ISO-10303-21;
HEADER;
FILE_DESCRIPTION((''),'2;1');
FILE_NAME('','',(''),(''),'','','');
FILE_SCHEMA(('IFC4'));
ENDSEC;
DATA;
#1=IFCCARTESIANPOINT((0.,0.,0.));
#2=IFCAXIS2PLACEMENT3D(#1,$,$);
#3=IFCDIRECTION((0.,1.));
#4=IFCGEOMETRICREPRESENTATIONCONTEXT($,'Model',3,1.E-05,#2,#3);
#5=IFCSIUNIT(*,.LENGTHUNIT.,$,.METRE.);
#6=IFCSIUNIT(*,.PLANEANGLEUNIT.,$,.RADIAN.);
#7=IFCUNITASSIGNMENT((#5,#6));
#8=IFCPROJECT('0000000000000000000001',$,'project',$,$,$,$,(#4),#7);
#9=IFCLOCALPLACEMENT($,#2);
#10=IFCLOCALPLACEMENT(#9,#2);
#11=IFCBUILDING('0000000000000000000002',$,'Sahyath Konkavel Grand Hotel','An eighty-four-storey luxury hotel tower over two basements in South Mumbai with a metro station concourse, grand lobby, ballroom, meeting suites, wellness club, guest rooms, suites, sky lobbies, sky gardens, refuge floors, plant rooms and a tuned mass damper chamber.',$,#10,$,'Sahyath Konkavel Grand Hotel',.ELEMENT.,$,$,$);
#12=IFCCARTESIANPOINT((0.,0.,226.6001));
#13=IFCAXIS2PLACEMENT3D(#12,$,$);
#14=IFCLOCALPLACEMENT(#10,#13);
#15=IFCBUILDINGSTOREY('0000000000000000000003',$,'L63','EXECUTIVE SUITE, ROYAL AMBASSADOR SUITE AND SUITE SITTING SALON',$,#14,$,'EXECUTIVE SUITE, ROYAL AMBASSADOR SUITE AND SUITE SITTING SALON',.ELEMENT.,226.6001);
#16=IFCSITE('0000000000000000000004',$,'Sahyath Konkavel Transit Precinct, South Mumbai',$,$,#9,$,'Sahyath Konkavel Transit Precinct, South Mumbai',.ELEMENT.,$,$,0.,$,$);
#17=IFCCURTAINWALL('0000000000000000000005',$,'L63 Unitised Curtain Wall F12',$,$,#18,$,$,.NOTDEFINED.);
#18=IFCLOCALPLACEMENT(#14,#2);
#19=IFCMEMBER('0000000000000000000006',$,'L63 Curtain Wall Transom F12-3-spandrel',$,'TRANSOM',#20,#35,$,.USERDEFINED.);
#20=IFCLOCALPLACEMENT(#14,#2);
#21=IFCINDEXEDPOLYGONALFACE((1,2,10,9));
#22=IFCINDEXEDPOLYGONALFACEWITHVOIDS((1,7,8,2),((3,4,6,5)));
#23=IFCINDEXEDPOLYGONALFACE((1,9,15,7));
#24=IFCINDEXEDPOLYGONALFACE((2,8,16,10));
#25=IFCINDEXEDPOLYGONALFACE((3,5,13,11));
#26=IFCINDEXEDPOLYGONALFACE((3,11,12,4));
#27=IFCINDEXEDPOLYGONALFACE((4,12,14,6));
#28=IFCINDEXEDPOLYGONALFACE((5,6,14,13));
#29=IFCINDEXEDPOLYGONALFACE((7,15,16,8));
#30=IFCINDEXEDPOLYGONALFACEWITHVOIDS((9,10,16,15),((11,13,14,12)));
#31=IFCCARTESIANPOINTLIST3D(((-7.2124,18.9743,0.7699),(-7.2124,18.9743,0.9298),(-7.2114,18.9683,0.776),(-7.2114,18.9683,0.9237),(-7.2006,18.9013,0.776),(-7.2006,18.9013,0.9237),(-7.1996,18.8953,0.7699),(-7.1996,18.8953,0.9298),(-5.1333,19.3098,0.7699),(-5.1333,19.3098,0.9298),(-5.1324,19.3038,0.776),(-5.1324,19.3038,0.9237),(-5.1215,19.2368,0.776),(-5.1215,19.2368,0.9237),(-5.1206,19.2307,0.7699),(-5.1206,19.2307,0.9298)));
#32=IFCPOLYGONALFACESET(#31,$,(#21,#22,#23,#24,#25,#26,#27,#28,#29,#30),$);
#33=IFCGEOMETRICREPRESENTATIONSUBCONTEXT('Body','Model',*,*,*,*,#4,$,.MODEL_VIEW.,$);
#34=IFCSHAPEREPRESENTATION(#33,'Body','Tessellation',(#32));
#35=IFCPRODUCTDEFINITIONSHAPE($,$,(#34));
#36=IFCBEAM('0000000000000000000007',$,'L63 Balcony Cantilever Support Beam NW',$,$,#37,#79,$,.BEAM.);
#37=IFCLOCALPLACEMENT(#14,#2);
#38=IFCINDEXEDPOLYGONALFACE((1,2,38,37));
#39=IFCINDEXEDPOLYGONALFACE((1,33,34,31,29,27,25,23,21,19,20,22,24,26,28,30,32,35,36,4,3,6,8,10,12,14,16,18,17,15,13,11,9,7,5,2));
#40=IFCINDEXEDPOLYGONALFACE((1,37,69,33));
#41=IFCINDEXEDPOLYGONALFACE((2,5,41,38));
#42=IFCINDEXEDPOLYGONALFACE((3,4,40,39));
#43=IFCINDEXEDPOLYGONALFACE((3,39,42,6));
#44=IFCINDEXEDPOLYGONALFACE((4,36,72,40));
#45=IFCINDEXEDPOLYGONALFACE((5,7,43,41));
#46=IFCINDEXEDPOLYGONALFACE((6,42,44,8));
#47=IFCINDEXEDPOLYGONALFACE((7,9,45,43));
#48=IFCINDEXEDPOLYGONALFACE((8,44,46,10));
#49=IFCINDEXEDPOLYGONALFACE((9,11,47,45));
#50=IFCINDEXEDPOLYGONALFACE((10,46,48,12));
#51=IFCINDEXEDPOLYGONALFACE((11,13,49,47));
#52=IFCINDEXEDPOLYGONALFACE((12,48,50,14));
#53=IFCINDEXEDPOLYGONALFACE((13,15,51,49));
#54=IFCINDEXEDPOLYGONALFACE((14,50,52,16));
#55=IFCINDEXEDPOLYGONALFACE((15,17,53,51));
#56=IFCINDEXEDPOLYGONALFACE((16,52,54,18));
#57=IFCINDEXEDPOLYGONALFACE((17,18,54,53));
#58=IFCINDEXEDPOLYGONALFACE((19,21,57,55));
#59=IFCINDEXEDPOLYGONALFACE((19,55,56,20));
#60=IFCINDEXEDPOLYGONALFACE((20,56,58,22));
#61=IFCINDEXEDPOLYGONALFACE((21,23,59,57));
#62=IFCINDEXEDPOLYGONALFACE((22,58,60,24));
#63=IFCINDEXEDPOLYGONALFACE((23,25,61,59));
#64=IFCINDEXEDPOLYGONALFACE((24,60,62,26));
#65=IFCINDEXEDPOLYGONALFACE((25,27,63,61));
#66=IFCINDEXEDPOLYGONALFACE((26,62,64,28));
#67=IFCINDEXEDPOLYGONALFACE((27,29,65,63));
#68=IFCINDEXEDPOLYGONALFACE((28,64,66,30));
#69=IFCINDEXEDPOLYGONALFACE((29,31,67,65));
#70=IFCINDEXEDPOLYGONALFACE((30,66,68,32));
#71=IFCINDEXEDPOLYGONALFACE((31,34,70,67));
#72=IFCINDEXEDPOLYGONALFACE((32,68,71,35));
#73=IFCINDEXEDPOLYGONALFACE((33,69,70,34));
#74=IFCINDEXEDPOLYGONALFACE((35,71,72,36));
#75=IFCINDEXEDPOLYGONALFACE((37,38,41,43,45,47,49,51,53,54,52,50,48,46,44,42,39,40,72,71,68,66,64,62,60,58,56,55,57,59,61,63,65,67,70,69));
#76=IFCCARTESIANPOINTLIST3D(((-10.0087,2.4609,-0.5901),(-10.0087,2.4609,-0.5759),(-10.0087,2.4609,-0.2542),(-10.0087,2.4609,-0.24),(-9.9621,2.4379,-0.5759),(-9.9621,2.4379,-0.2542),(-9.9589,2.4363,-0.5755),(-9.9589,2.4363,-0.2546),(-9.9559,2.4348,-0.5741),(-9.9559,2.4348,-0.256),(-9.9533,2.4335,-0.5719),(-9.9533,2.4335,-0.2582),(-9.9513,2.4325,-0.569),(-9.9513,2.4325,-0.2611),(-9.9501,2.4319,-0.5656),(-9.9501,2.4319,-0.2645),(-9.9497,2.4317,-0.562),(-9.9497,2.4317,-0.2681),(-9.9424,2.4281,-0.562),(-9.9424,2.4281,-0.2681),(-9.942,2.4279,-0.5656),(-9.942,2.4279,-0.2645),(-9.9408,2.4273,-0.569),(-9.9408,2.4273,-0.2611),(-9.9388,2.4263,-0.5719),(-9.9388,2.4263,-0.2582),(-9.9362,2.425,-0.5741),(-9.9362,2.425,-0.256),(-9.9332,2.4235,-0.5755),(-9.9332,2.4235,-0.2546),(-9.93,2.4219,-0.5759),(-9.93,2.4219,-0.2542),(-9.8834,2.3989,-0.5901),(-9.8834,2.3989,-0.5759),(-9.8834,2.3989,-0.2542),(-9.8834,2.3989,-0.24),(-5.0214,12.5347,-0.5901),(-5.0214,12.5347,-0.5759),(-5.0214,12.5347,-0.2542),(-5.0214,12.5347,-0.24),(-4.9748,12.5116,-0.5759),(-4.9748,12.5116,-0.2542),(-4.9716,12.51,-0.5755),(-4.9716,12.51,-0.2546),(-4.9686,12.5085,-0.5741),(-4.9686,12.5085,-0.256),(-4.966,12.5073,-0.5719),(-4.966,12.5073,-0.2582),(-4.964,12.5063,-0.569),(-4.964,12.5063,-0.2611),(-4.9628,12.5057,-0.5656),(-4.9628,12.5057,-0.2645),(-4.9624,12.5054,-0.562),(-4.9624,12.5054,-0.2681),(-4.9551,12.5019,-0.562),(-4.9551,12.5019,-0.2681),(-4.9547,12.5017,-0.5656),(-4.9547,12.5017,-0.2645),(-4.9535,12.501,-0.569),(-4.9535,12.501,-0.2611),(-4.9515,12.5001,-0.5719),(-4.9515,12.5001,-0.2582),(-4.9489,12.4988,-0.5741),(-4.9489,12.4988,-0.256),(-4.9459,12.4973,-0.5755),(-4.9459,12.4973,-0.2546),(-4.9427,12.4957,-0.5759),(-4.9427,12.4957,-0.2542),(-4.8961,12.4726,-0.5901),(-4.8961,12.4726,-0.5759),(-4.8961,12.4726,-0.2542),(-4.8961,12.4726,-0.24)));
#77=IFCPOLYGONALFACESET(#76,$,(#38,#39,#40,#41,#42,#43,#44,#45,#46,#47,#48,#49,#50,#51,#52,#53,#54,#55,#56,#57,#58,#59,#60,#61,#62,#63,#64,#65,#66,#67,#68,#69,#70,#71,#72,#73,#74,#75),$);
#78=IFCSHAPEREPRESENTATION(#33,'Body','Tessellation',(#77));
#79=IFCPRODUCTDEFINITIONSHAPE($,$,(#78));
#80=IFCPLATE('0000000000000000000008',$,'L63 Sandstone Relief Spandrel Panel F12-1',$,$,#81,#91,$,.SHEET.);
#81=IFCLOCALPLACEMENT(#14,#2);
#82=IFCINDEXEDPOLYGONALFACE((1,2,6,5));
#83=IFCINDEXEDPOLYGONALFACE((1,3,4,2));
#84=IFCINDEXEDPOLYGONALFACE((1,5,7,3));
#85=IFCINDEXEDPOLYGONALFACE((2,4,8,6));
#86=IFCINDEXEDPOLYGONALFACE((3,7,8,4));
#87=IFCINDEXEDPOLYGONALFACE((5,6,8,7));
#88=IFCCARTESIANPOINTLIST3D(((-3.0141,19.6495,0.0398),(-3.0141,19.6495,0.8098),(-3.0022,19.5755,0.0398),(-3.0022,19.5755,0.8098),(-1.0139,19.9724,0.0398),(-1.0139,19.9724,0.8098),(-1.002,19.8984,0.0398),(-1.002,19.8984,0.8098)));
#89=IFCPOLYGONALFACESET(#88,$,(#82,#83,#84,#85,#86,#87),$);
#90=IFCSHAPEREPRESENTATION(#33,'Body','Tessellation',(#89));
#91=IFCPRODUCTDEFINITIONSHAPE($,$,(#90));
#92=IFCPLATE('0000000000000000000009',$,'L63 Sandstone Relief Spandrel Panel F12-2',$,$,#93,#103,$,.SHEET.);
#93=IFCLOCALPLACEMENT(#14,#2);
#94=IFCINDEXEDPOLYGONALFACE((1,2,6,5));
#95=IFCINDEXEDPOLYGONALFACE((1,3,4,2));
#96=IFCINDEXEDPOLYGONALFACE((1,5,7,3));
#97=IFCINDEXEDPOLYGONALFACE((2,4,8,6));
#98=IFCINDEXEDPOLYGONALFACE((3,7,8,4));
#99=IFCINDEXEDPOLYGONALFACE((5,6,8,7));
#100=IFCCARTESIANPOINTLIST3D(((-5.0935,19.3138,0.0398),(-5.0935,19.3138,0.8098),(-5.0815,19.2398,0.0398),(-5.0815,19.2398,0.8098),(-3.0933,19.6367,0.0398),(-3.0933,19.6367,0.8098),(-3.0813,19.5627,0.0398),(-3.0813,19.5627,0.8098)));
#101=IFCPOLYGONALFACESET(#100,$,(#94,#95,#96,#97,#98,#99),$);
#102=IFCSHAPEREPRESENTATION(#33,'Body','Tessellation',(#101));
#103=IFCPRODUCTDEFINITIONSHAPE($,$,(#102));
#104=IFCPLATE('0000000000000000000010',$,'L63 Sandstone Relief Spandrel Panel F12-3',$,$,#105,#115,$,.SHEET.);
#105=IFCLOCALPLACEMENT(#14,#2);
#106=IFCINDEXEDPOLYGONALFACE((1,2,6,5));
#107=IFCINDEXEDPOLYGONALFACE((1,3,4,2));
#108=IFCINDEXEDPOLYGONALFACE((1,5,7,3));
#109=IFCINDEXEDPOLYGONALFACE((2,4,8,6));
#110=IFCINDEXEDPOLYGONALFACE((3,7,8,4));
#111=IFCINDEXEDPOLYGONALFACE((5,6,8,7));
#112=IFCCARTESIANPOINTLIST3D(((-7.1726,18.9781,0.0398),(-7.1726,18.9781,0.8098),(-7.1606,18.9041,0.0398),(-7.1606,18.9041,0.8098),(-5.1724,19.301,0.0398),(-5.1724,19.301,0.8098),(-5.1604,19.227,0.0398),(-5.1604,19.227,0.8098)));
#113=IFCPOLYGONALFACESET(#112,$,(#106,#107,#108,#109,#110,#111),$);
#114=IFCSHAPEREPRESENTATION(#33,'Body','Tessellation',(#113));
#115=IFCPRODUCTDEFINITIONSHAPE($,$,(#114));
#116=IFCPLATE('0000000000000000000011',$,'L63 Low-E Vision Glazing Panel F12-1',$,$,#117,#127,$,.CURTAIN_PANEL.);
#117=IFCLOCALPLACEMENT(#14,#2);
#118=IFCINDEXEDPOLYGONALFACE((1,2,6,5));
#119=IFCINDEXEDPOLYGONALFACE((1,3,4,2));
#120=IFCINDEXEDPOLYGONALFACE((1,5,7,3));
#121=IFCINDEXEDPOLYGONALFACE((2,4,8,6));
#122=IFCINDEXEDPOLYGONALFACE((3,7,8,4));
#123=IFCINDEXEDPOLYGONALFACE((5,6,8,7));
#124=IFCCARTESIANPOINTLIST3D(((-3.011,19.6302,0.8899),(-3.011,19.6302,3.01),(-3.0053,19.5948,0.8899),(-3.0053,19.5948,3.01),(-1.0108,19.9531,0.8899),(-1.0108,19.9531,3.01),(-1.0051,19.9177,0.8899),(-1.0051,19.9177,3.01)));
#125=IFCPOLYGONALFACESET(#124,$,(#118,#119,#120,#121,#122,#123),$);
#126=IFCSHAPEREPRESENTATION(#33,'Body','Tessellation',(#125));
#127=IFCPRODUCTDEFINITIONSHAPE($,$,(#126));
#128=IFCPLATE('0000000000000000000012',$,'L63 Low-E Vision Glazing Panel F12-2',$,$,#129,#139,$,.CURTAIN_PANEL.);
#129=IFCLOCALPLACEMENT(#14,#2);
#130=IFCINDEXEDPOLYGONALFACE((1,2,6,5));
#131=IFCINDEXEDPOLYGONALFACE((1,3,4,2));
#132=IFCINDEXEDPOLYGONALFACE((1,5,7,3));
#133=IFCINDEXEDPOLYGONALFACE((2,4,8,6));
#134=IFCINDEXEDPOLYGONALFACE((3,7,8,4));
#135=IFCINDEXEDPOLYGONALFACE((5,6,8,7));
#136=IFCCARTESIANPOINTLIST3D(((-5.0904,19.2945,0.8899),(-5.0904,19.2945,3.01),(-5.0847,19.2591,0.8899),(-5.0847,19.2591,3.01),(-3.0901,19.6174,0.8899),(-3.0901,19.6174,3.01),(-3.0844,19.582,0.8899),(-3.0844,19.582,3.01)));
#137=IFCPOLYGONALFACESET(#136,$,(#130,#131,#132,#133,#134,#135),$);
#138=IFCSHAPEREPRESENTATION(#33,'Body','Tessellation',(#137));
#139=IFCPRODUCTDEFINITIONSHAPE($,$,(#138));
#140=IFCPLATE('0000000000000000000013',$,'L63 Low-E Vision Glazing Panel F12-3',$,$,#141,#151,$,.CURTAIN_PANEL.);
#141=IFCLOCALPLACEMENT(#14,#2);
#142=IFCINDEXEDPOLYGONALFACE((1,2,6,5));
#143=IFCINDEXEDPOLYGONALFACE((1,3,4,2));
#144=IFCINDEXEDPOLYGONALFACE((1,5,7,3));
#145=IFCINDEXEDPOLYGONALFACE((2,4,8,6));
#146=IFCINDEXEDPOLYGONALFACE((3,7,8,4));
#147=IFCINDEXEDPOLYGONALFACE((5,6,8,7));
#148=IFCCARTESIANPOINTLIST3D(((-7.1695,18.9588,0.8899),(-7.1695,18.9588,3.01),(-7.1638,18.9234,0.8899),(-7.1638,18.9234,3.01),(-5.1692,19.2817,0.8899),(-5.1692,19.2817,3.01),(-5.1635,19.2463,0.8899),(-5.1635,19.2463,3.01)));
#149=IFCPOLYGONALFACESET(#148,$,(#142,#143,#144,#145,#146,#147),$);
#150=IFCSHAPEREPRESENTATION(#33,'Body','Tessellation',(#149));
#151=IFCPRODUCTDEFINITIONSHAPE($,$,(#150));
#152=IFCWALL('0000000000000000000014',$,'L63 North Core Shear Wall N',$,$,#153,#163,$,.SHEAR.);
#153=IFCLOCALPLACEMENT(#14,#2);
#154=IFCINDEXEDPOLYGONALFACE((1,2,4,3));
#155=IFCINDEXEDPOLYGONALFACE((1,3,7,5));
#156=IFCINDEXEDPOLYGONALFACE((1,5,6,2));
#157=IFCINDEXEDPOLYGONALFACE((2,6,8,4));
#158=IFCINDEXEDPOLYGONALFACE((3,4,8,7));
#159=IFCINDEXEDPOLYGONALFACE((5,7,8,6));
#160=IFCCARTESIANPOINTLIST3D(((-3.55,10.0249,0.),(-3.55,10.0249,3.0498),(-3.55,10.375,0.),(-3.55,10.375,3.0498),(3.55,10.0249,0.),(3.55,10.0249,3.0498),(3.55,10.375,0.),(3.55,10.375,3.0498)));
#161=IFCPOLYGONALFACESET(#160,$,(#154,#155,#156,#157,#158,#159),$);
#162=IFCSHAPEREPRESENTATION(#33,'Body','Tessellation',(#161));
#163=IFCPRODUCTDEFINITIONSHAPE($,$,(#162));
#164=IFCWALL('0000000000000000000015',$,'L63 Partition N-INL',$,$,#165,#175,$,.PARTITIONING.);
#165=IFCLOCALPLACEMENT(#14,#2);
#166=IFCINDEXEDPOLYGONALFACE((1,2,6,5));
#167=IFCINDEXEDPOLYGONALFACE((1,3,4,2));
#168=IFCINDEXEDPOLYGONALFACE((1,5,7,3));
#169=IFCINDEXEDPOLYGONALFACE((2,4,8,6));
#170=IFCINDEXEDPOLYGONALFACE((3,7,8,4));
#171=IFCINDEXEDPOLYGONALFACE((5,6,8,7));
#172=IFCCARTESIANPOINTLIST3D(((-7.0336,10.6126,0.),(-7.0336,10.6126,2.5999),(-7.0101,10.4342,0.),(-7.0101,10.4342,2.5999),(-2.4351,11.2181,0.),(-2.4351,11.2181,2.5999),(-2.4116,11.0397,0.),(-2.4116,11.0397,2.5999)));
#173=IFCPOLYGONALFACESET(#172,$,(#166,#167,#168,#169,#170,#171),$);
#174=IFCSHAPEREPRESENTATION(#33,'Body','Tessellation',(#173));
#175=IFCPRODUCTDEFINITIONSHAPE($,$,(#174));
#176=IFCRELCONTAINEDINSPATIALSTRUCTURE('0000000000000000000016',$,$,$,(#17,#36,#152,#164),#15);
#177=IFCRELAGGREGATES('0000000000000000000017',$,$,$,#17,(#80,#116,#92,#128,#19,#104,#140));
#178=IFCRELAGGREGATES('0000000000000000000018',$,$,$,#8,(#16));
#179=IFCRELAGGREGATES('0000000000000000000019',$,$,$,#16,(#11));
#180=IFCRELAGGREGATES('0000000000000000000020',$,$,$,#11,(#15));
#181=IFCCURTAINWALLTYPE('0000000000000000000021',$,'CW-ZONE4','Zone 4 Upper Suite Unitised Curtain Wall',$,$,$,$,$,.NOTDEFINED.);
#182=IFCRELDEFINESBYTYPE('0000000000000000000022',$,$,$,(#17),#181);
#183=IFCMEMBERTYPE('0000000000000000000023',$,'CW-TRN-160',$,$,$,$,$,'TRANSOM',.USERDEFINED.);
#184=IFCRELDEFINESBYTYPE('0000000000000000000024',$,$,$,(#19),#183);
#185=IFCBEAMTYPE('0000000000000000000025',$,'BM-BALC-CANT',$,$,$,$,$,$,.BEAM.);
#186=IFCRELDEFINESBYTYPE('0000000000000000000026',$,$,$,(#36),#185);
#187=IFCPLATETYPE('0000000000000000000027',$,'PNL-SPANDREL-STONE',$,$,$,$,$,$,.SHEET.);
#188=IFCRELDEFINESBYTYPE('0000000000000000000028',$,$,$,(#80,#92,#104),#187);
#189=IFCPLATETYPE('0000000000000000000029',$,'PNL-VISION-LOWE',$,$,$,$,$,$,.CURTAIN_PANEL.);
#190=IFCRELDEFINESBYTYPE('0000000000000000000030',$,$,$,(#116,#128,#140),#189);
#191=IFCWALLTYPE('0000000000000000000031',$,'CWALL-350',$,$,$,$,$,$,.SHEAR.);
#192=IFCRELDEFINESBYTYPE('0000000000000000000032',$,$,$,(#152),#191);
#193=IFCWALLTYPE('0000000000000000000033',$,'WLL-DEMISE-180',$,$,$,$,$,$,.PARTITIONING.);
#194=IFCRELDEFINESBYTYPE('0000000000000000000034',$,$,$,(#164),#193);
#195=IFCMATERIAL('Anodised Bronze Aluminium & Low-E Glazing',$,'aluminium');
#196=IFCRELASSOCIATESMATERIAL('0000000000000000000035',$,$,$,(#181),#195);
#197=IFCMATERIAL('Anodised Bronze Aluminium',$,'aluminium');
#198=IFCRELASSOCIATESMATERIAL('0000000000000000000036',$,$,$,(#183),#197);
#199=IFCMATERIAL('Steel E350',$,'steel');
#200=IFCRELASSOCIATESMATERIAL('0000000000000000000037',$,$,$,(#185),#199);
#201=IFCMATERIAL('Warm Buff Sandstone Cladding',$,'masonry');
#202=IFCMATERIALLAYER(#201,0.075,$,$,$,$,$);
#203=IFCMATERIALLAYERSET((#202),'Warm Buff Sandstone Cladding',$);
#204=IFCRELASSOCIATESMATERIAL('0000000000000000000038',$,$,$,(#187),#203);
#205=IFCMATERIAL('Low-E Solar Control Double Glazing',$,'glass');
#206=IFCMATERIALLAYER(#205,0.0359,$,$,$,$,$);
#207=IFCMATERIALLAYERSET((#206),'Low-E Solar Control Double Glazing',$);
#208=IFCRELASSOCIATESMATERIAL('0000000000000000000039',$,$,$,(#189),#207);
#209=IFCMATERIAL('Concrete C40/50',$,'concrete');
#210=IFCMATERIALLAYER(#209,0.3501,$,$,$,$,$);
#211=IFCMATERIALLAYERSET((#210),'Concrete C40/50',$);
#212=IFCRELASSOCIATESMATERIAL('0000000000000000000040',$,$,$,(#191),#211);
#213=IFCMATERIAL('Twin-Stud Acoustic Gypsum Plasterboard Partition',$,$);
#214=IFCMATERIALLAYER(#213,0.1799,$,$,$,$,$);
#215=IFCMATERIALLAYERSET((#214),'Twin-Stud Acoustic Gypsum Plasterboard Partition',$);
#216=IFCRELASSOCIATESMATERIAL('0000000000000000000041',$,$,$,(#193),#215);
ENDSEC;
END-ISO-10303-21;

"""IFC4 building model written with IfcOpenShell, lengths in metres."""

from ifc_helpers import new_model, si_unit, direction, frame, frame_2d, origin, origin_2d, place, context, subcontext, project, spatial, rectangle, hollow_rectangle, i_section, extrude, source, transform, mapped, material, layer, layer_set, material_profile, profile_set, type_object, element, aggregate, save


model = new_model("IFC4")

# Units and contexts
model_context = context("Model", 3, precision=1e-05, world=origin(), true_north=direction((0.0, 1.0)))
body_context = subcontext(model_context, "Body", "Model", "MODEL_VIEW")
ifc_project = project(units=[si_unit("LENGTHUNIT", "METRE"), si_unit("PLANEANGLEUNIT", "RADIAN")], contexts=[model_context])

# Site, building, storey
site_placement = place(None, origin())
site = spatial("IfcSite", under=ifc_project, at=site_placement, Name="Sahyath Konkavel Transit Precinct, South Mumbai", LongName="Sahyath Konkavel Transit Precinct, South Mumbai", CompositionType="ELEMENT", RefElevation=0.0)
building_placement = place(site_placement, origin())
building = spatial("IfcBuilding", under=site, at=building_placement, Name="Sahyath Konkavel Grand Hotel", Description="An eighty-four-storey luxury hotel tower over two basements in South Mumbai with a metro station concourse, grand lobby, ballroom, meeting suites, wellness club, guest rooms, suites, sky lobbies, sky gardens, refuge floors, plant rooms and a tuned mass damper chamber.", LongName="Sahyath Konkavel Grand Hotel", CompositionType="ELEMENT")
storey_placement = place(building_placement, frame((0.0, 0.0, 226.6001)))
storey = spatial("IfcBuildingStorey", under=building, at=storey_placement, Name="L63", Description="EXECUTIVE SUITE, ROYAL AMBASSADOR SUITE AND SUITE SITTING SALON", LongName="EXECUTIVE SUITE, ROYAL AMBASSADOR SUITE AND SUITE SITTING SALON", CompositionType="ELEMENT", Elevation=226.6001)

# Shared definitions
ifc_material_1 = material(Name="Steel E350", Category="steel")

# Curtain wall, member
ifc_material_2 = material(Name="Anodised Bronze Aluminium & Low-E Glazing", Category="aluminium")
curtain_wall_type = type_object("IfcCurtainWallType", Name="CW-ZONE4", Description="Zone 4 Upper Suite Unitised Curtain Wall", PredefinedType="NOTDEFINED", material=ifc_material_2)
curtain_wall_placement = place(storey_placement, origin())
curtain_wall = element("IfcCurtainWall", 1, at=curtain_wall_placement, inside=storey, type_object=curtain_wall_type, Name="L63 Unitised Curtain Wall F12", PredefinedType="NOTDEFINED")
ifc_material_3 = material(Name="Anodised Bronze Aluminium", Category="aluminium")
ifc_material_profile_1 = material_profile(ifc_material_3, hollow_rectangle(XDim=0.0801, YDim=0.1599, WallThickness=0.0061, at=origin_2d()), Name="RHS 160x80x6")
ifc_profile_set_1 = profile_set([ifc_material_profile_1], Name="Anodised Bronze Aluminium")
member_type_1 = type_object("IfcMemberType", Name="CW-TRN-160", ElementType="TRANSOM", PredefinedType="USERDEFINED", material=ifc_profile_set_1)
shared_shape_1 = source(origin(), body_context, "Body", "SweptSolid", [
    extrude(hollow_rectangle(XDim=0.0801, YDim=0.1599, WallThickness=0.0061, at=origin_2d()), origin(), (0.0, 0.0, 1.0), 2.106),
])
member_1_placement = place(storey_placement, frame((-5.127, 19.2703, 0.8499), z_axis=(-0.987233, -0.159283, 0.0), x_axis=(0.159283, -0.987233, 0.0)))
member_1 = element("IfcMember", 2, at=member_1_placement, type_object=member_type_1, Name="L63 Curtain Wall Transom F12-3-spandrel", ObjectType="TRANSOM", PredefinedType="USERDEFINED", context=body_context, shape_type="MappedRepresentation", body=[
    mapped(shared_shape_1, transform((0.0, 0.0, 0.0), scale=1.0)),
])

# Beam
ifc_material_profile_2 = material_profile(ifc_material_1, i_section(OverallWidth=0.1399, OverallDepth=0.3501, WebThickness=0.0081, FlangeThickness=0.0142, FilletRadius=0.0139, at=origin_2d()), Name="ISMB 350")
ifc_profile_set_2 = profile_set([ifc_material_profile_2], Name="Steel E350")
beam_type_1 = type_object("IfcBeamType", Name="BM-BALC-CANT", PredefinedType="BEAM", material=ifc_profile_set_2)
shared_shape_2 = source(origin(), body_context, "Body", "SweptSolid", [
    extrude(i_section(OverallWidth=0.1399, OverallDepth=0.3501, WebThickness=0.0081, FlangeThickness=0.0142, FilletRadius=0.0139, at=origin_2d()), origin(), (0.0, 0.0, 1.0), 11.2407),
])
beam_1_placement = place(storey_placement, frame((-4.9587, 12.5037, -0.415), z_axis=(-0.443683, -0.896184, 0.0), x_axis=(0.896184, -0.443683, 0.0)))
element("IfcBeam", 3, at=beam_1_placement, inside=storey, type_object=beam_type_1, Name="L63 Balcony Cantilever Support Beam NW", PredefinedType="BEAM", context=body_context, shape_type="MappedRepresentation", body=[
    mapped(shared_shape_2, transform((0.0, 0.0, 0.0), scale=1.0)),
])

# Plates
ifc_material_4 = material(Name="Warm Buff Sandstone Cladding", Category="masonry")
ifc_layer_1 = layer(ifc_material_4, 0.075)
ifc_layer_set_1 = layer_set([ifc_layer_1], Name="Warm Buff Sandstone Cladding")
plate_type_1 = type_object("IfcPlateType", Name="PNL-SPANDREL-STONE", PredefinedType="SHEET", material=ifc_layer_set_1)
shared_shape_3 = source(origin(), body_context, "Body", "SweptSolid", [
    extrude(rectangle(XDim=2.0261, YDim=0.075, at=origin_2d()), origin(), (0.0, 0.0, 1.0), 0.77),
])
plate_1_placement = place(storey_placement, frame((-2.0081, 19.7739, 0.0398), z_axis=(0.0, 0.0, 1.0), x_axis=(-0.98722, -0.159364, 0.0)))
plate_1 = element("IfcPlate", 4, at=plate_1_placement, type_object=plate_type_1, Name="L63 Sandstone Relief Spandrel Panel F12-1", PredefinedType="SHEET", context=body_context, shape_type="MappedRepresentation", body=[
    mapped(shared_shape_3, transform((0.0, 0.0, 0.0), scale=1.0)),
])
plate_2_placement = place(storey_placement, frame((-4.0874, 19.4382, 0.0398), z_axis=(0.0, 0.0, 1.0), x_axis=(-0.98722, -0.159364, 0.0)))
plate_2 = element("IfcPlate", 5, at=plate_2_placement, type_object=plate_type_1, Name="L63 Sandstone Relief Spandrel Panel F12-2", PredefinedType="SHEET", context=body_context, shape_type="MappedRepresentation", body=[
    mapped(shared_shape_3, transform((0.0, 0.0, 0.0), scale=1.0)),
])
plate_3_placement = place(storey_placement, frame((-6.1665, 19.1025, 0.0398), z_axis=(0.0, 0.0, 1.0), x_axis=(-0.98722, -0.159364, 0.0)))
plate_3 = element("IfcPlate", 6, at=plate_3_placement, type_object=plate_type_1, Name="L63 Sandstone Relief Spandrel Panel F12-3", PredefinedType="SHEET", context=body_context, shape_type="MappedRepresentation", body=[
    mapped(shared_shape_3, transform((0.0, 0.0, 0.0), scale=1.0)),
])
ifc_material_5 = material(Name="Low-E Solar Control Double Glazing", Category="glass")
ifc_layer_2 = layer(ifc_material_5, 0.0359)
ifc_layer_set_2 = layer_set([ifc_layer_2], Name="Low-E Solar Control Double Glazing")
plate_type_2 = type_object("IfcPlateType", Name="PNL-VISION-LOWE", PredefinedType="CURTAIN_PANEL", material=ifc_layer_set_2)
shared_shape_4 = source(origin(), body_context, "Body", "SweptSolid", [
    extrude(rectangle(XDim=2.0261, YDim=0.0359, at=origin_2d()), origin(), (0.0, 0.0, 1.0), 2.1201),
])
plate_4_placement = place(storey_placement, frame((-2.0081, 19.7739, 0.8899), z_axis=(0.0, 0.0, 1.0), x_axis=(-0.98722, -0.159364, 0.0)))
plate_4 = element("IfcPlate", 7, at=plate_4_placement, type_object=plate_type_2, Name="L63 Low-E Vision Glazing Panel F12-1", PredefinedType="CURTAIN_PANEL", context=body_context, shape_type="MappedRepresentation", body=[
    mapped(shared_shape_4, transform((0.0, 0.0, 0.0), scale=1.0)),
])
plate_5_placement = place(storey_placement, frame((-4.0874, 19.4382, 0.8899), z_axis=(0.0, 0.0, 1.0), x_axis=(-0.98722, -0.159364, 0.0)))
plate_5 = element("IfcPlate", 8, at=plate_5_placement, type_object=plate_type_2, Name="L63 Low-E Vision Glazing Panel F12-2", PredefinedType="CURTAIN_PANEL", context=body_context, shape_type="MappedRepresentation", body=[
    mapped(shared_shape_4, transform((0.0, 0.0, 0.0), scale=1.0)),
])
plate_6_placement = place(storey_placement, frame((-6.1665, 19.1025, 0.8899), z_axis=(0.0, 0.0, 1.0), x_axis=(-0.98722, -0.159364, 0.0)))
plate_6 = element("IfcPlate", 9, at=plate_6_placement, type_object=plate_type_2, Name="L63 Low-E Vision Glazing Panel F12-3", PredefinedType="CURTAIN_PANEL", context=body_context, shape_type="MappedRepresentation", body=[
    mapped(shared_shape_4, transform((0.0, 0.0, 0.0), scale=1.0)),
])
aggregate(curtain_wall, [plate_1, plate_4, plate_2, plate_5, member_1, plate_3, plate_6])

# Walls
ifc_material_6 = material(Name="Concrete C40/50", Category="concrete")
ifc_layer_3 = layer(ifc_material_6, 0.3501)
ifc_layer_set_3 = layer_set([ifc_layer_3], Name="Concrete C40/50")
wall_type_1 = type_object("IfcWallType", Name="CWALL-350", PredefinedType="SHEAR", material=ifc_layer_set_3)
wall_1_placement = place(storey_placement, frame((-3.55, 10.2, 0.0), z_axis=(0.0, 0.0, 1.0), x_axis=(1.0, 0.0, 0.0)))
element("IfcWall", 10, at=wall_1_placement, inside=storey, type_object=wall_type_1, Name="L63 North Core Shear Wall N", PredefinedType="SHEAR", context=body_context, shape_type="SweptSolid", body=[
    extrude(rectangle(XDim=7.1001, YDim=0.3501, at=frame_2d((3.55, 0.0))), origin(), (0.0, 0.0, 1.0), 3.0498),
])
ifc_material_7 = material(Name="Twin-Stud Acoustic Gypsum Plasterboard Partition")
ifc_layer_4 = layer(ifc_material_7, 0.1799)
ifc_layer_set_4 = layer_set([ifc_layer_4], Name="Twin-Stud Acoustic Gypsum Plasterboard Partition")
wall_type_2 = type_object("IfcWallType", Name="WLL-DEMISE-180", PredefinedType="PARTITIONING", material=ifc_layer_set_4)
for number, where, z_axis, x_axis, name in (
    (11, (-2.4233, 11.1289, 0.0), (0.0, 0.0, 1.0), (-0.991443, -0.130543, 0.0), "L63 Partition N-INL"),
):
    element("IfcWall", number, at=place(storey_placement, frame(where, z_axis=z_axis, x_axis=x_axis)), inside=storey, type_object=wall_type_2, Name=name, PredefinedType="PARTITIONING", context=body_context, shape_type="SweptSolid", body=[
        extrude(rectangle(XDim=4.6382, YDim=0.1799, at=frame_2d((2.3191, 0.0))), origin(), (0.0, 0.0, 1.0), 2.5999),
    ])

save(model, "model.ifc")
